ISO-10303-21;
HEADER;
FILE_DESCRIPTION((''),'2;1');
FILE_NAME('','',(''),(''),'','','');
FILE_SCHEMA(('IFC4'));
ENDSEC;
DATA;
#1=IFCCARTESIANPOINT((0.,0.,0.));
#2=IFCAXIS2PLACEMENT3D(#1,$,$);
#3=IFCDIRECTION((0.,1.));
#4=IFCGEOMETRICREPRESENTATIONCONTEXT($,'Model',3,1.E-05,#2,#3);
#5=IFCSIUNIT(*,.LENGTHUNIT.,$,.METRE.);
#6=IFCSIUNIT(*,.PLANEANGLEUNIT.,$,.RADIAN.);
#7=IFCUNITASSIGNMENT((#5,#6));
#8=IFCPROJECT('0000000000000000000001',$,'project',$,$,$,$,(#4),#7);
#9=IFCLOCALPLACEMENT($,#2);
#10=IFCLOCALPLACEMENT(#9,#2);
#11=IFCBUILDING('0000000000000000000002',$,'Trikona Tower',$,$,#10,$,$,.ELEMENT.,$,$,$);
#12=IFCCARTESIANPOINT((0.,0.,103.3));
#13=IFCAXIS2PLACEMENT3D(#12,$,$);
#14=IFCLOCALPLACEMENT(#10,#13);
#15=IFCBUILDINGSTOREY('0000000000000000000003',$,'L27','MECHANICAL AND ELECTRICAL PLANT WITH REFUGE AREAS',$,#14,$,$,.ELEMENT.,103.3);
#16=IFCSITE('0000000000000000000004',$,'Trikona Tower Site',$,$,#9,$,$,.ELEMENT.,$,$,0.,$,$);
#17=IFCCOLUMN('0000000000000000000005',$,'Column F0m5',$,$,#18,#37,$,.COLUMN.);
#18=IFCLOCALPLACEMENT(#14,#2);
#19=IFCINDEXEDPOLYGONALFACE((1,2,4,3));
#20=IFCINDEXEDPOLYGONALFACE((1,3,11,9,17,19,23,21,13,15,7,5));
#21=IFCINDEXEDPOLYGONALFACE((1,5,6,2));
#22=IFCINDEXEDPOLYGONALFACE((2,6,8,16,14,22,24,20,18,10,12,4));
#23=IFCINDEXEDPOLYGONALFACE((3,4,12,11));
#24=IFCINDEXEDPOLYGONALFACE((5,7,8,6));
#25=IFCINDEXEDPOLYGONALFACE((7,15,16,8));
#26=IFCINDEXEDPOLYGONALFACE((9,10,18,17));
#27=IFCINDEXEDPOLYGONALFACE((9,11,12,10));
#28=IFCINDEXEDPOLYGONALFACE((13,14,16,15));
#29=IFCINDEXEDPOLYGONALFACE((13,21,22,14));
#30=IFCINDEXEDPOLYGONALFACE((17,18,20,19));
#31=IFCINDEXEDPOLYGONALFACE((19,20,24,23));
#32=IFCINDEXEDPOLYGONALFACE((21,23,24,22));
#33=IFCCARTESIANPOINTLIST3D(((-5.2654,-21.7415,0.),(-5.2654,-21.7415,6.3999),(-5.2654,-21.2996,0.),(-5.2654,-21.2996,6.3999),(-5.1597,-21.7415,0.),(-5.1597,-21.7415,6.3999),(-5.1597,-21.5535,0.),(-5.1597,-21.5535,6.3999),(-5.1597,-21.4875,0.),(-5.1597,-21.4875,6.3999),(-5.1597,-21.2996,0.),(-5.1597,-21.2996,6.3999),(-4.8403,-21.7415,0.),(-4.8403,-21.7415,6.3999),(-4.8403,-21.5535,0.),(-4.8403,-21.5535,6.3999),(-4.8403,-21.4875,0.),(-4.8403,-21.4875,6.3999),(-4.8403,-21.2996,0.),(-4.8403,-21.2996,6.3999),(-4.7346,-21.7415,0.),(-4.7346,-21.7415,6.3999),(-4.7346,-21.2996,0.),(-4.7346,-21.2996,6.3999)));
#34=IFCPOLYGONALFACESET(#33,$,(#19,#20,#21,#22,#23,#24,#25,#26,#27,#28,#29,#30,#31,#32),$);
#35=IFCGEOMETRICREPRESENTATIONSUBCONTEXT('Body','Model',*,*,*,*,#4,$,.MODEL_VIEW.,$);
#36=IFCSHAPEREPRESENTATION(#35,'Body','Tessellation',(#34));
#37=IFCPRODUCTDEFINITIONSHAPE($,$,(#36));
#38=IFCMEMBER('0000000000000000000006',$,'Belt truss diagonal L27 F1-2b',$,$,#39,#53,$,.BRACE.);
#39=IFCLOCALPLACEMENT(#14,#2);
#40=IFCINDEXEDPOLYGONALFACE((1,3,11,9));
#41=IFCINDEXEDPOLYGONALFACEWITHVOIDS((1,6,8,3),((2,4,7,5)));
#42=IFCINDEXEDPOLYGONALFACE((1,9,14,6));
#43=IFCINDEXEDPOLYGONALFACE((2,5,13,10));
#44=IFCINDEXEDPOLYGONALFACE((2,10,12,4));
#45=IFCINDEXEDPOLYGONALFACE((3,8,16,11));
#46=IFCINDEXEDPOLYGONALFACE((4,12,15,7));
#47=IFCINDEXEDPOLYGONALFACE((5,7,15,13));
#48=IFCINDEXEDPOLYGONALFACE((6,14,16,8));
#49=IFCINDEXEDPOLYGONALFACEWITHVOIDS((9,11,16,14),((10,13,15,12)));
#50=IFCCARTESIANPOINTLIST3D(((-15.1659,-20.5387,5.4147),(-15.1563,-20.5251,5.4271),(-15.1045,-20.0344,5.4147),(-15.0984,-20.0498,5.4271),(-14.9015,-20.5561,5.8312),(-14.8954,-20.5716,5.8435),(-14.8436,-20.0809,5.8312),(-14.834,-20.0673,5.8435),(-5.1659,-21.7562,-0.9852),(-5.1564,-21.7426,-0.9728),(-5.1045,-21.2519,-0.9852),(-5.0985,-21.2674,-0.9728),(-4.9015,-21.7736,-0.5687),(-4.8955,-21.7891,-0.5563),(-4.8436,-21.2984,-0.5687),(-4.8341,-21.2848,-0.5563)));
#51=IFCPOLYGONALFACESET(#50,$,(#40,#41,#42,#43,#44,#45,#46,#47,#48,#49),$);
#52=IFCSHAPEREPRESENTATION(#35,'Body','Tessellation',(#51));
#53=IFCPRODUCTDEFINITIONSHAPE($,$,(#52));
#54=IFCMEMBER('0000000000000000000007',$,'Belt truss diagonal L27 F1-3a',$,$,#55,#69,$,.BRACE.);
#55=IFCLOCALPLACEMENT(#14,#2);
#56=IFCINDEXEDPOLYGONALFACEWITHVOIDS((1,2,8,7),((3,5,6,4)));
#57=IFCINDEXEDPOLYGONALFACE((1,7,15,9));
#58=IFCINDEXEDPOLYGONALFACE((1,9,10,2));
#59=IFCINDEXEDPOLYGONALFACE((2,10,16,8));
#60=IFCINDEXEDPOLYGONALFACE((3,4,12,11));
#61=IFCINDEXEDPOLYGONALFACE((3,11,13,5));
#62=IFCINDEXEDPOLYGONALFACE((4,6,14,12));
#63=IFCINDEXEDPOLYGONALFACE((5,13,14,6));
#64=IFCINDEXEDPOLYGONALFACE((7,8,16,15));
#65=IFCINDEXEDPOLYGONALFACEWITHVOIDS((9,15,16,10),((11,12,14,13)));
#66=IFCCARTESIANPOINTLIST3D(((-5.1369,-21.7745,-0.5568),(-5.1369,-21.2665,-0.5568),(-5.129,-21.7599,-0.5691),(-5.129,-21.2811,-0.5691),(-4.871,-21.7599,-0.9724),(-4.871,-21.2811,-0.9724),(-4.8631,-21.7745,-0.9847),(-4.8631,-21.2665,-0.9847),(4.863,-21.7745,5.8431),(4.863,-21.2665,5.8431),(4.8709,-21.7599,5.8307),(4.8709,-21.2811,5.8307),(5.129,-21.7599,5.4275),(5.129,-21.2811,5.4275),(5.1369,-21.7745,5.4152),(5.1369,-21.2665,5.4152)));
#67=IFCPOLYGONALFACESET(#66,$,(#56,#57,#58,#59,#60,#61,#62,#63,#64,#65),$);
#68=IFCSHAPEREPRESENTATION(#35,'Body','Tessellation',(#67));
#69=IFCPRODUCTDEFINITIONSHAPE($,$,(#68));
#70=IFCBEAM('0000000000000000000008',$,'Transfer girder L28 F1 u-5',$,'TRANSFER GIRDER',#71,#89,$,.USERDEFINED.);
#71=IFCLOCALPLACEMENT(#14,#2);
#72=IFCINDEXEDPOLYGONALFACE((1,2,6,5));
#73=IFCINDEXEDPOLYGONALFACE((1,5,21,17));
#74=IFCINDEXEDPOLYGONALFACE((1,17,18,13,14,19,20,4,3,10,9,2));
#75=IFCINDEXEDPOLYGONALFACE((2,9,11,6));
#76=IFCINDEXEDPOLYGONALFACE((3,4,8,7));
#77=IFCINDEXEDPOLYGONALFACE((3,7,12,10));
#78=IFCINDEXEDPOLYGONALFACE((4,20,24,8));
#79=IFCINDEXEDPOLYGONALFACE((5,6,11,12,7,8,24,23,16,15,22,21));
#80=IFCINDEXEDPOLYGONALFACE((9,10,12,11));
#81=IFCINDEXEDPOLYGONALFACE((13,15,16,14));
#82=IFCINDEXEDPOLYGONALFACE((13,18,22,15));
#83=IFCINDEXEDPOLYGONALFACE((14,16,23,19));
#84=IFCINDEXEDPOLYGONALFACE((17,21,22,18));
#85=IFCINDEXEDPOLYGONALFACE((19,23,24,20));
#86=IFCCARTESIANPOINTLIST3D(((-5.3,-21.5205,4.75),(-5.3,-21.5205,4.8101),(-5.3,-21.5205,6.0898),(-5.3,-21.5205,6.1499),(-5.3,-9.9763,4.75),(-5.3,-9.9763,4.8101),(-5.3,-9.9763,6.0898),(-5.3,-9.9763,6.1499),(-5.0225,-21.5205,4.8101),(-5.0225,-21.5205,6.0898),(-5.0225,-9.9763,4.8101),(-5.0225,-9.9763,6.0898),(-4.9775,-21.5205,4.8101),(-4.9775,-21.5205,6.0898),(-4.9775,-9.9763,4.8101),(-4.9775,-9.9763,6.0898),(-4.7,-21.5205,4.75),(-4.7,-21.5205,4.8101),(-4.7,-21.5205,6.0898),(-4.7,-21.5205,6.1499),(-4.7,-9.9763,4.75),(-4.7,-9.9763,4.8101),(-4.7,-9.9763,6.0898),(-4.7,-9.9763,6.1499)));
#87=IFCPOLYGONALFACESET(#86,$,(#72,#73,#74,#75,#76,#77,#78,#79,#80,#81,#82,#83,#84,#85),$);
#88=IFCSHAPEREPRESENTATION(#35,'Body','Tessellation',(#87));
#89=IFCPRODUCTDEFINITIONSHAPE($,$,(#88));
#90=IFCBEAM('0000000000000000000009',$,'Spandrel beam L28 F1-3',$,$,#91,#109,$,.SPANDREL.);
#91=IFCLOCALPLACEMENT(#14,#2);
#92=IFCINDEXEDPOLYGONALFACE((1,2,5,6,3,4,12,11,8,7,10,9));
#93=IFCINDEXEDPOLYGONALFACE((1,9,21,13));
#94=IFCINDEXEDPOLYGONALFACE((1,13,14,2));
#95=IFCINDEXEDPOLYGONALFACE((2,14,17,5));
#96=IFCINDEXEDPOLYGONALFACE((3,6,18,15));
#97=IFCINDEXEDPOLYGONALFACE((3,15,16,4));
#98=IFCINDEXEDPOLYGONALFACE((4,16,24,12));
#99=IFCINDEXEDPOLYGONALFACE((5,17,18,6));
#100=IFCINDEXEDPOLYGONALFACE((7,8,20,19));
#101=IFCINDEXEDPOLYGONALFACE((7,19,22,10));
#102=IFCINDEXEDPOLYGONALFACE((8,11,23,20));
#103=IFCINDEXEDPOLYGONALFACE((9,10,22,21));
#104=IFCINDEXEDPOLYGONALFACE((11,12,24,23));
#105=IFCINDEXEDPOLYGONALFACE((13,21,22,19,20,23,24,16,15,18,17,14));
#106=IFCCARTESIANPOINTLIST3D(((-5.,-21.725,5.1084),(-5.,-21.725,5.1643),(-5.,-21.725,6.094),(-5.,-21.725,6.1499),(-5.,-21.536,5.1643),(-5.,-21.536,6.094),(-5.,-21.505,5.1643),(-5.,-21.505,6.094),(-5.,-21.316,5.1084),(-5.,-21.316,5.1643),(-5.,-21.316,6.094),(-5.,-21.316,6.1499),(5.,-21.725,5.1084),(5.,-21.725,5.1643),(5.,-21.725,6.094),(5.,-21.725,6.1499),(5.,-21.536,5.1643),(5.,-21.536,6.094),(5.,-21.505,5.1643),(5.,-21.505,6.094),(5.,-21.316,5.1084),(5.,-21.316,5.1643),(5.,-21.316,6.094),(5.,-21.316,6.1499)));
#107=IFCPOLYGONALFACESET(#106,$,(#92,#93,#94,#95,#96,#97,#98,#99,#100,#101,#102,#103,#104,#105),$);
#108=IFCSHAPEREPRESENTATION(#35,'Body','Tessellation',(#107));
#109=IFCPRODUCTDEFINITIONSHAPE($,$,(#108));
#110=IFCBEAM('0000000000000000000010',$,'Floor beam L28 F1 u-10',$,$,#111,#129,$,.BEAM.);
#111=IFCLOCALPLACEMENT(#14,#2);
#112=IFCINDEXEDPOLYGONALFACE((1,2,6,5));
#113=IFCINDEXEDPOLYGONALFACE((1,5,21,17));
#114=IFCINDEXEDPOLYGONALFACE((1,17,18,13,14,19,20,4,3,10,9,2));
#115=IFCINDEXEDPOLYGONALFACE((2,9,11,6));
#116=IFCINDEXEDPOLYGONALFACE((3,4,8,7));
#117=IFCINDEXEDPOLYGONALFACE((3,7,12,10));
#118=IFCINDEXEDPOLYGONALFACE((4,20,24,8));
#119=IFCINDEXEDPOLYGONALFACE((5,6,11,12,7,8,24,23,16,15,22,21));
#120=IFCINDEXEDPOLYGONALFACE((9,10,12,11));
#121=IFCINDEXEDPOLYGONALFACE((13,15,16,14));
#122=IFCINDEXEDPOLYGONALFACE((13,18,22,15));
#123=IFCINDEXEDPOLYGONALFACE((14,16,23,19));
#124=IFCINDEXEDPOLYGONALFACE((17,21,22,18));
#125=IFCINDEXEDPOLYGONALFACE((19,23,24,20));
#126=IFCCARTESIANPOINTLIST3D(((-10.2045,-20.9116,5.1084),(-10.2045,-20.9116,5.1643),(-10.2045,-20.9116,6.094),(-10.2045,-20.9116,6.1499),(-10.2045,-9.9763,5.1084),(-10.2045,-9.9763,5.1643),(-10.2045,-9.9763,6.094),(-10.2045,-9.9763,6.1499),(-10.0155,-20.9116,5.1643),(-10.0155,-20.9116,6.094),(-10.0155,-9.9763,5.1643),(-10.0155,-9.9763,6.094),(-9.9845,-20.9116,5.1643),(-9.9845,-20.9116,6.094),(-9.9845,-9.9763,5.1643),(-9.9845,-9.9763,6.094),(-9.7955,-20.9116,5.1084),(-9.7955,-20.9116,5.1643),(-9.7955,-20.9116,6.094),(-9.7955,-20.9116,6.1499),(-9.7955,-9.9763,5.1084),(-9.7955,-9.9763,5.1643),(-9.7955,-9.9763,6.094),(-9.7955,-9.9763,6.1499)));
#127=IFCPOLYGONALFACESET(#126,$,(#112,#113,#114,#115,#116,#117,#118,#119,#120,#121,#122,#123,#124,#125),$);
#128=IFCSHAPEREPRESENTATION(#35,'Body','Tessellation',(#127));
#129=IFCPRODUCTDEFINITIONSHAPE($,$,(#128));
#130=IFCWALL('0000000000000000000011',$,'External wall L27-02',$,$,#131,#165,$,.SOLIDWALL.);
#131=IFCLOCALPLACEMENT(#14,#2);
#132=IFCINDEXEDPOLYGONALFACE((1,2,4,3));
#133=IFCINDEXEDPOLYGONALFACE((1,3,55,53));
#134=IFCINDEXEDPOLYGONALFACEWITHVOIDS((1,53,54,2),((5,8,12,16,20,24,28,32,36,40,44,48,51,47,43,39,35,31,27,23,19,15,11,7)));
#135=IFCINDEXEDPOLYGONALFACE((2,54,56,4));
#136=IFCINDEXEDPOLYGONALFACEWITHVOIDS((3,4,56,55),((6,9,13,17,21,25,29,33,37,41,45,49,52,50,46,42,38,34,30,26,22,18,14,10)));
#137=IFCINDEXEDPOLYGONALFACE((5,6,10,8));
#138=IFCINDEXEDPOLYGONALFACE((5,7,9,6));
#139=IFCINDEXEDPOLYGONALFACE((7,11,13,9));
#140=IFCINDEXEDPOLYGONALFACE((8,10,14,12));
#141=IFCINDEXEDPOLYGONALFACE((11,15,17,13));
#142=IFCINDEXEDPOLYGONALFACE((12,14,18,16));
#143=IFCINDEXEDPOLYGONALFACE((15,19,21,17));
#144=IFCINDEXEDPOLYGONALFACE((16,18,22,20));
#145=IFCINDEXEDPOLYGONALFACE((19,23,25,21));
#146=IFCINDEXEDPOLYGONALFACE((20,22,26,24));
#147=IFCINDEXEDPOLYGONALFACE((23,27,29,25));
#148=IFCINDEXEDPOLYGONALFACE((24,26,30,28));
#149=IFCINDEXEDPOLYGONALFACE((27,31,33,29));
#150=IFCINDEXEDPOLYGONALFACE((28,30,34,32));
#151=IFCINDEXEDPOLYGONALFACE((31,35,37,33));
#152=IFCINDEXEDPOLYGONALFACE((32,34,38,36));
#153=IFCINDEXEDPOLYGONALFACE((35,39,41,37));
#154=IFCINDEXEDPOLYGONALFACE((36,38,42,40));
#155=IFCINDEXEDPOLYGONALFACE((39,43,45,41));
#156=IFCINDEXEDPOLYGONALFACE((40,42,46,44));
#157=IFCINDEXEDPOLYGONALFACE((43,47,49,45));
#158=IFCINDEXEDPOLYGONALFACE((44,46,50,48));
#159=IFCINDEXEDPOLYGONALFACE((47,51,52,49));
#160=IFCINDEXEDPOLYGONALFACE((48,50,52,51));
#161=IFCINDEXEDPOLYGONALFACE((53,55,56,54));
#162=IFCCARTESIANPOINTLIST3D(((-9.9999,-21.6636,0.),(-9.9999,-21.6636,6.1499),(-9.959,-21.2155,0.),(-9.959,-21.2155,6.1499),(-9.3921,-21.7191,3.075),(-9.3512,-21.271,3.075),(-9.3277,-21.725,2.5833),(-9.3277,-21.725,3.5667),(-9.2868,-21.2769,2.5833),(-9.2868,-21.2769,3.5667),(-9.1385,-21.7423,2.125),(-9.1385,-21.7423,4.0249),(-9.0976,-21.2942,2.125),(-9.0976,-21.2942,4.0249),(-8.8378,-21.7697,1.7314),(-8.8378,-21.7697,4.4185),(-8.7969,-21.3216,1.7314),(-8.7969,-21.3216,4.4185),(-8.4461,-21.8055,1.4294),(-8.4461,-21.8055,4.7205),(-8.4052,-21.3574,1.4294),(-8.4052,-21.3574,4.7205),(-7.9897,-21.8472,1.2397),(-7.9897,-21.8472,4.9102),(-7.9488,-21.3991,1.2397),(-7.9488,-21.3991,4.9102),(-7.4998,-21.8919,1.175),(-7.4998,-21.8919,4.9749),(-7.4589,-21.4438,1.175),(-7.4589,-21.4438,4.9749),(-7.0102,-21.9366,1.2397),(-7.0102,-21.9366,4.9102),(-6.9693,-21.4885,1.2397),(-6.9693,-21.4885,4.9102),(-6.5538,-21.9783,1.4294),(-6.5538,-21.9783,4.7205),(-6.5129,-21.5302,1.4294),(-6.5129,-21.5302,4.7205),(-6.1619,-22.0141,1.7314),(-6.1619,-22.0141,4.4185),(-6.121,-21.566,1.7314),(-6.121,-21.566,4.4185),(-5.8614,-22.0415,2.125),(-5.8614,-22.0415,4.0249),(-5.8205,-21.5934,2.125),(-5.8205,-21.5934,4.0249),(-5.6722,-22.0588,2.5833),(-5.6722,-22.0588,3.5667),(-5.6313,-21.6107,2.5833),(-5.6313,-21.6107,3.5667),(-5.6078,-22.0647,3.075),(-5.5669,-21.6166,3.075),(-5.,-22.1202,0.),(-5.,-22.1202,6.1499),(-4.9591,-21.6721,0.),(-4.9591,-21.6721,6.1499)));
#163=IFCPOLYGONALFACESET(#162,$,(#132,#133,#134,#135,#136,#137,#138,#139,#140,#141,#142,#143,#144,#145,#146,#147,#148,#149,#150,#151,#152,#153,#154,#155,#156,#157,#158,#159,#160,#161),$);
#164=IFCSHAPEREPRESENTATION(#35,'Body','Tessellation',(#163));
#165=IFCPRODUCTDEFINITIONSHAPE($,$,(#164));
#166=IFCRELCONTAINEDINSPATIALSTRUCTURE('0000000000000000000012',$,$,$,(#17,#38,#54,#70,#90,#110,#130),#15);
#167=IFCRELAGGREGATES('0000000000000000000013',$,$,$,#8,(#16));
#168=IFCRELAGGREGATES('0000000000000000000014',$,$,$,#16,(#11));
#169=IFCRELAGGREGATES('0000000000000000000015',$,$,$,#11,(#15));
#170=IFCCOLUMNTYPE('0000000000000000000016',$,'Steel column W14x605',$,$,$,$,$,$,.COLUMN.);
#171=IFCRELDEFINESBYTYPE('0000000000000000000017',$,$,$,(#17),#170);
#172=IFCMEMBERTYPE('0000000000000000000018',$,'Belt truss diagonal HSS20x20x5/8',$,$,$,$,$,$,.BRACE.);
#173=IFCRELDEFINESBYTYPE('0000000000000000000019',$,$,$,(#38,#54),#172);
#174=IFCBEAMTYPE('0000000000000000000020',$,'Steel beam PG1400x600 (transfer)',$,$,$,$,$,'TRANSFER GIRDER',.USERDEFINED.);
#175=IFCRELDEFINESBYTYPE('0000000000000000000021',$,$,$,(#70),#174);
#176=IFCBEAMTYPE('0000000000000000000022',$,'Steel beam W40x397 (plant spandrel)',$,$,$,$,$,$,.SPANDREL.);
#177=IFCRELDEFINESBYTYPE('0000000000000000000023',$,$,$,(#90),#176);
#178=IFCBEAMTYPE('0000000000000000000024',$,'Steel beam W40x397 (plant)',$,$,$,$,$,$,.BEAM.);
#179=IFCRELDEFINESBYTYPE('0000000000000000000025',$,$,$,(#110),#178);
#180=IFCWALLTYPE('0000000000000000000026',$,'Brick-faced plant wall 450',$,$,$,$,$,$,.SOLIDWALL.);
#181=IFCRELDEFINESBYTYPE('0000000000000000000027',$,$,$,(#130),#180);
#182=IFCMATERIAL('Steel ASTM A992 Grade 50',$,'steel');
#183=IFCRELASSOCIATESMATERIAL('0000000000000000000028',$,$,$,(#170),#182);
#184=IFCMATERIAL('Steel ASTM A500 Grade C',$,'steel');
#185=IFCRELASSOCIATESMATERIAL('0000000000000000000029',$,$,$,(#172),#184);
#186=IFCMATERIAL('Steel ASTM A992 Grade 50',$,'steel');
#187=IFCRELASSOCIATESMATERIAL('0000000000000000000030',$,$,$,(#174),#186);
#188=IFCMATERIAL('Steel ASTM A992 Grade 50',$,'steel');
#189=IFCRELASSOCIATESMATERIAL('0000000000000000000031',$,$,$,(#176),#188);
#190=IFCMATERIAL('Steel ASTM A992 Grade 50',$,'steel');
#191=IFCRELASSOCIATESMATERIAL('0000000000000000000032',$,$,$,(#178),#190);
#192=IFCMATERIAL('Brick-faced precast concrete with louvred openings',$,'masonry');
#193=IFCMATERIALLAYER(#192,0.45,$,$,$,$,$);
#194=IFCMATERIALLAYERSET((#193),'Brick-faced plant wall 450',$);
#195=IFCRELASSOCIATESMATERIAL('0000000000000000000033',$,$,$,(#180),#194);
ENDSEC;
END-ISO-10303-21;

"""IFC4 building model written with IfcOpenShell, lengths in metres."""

from ifc_helpers import new_model, si_unit, direction, frame, origin, origin_2d, place, context, subcontext, project, spatial, polyline, hollow_rectangle, i_section, outline, extrude, material, layer, layer_set, material_profile, profile_set, type_object, element, save


model = new_model("IFC4")

# Units and contexts
model_context = context("Model", 3, precision=1e-05, world=origin(), true_north=direction((0.0, 1.0)))
body_context = subcontext(model_context, "Body", "Model", "MODEL_VIEW")
ifc_project = project(units=[si_unit("LENGTHUNIT", "METRE"), si_unit("PLANEANGLEUNIT", "RADIAN")], contexts=[model_context])

# Site, building, storey
site_placement = place(None, origin())
site = spatial("IfcSite", under=ifc_project, at=site_placement, Name="Trikona Tower Site", CompositionType="ELEMENT", RefElevation=0.0)
building_placement = place(site_placement, origin())
building = spatial("IfcBuilding", under=site, at=building_placement, Name="Trikona Tower", CompositionType="ELEMENT")
storey_placement = place(building_placement, frame((0.0, 0.0, 103.3)))
storey = spatial("IfcBuildingStorey", under=building, at=storey_placement, Name="L27", Description="MECHANICAL AND ELECTRICAL PLANT WITH REFUGE AREAS", CompositionType="ELEMENT", Elevation=103.3)

# Column
ifc_material_1 = material(Name="Steel ASTM A992 Grade 50", Category="steel")
ifc_material_profile_1 = material_profile(ifc_material_1, i_section(OverallWidth=0.4419, OverallDepth=0.5308, WebThickness=0.0659, FlangeThickness=0.1057, at=origin_2d()), Name="W14X605")
ifc_profile_set_1 = profile_set([ifc_material_profile_1], Name="Steel ASTM A992 Grade 50")
column_type = type_object("IfcColumnType", Name="Steel column W14x605", PredefinedType="COLUMN", material=ifc_profile_set_1)
column_placement = place(storey_placement, frame((-5.0, -21.5205, 0.0), z_axis=(0.0, 0.0, 1.0), x_axis=(0.0, -1.0, 0.0)))
element("IfcColumn", 1, at=column_placement, inside=storey, type_object=column_type, Name="Column F0m5", PredefinedType="COLUMN", context=body_context, shape_type="SweptSolid", body=[
    extrude(i_section(OverallWidth=0.4419, OverallDepth=0.5308, WebThickness=0.0659, FlangeThickness=0.1057, at=origin_2d()), origin(), (0.0, 0.0, 1.0), 6.3999),
])

# Members
ifc_material_2 = material(Name="Steel ASTM A500 Grade C", Category="steel")
ifc_material_profile_2 = material_profile(ifc_material_2, hollow_rectangle(XDim=0.5081, YDim=0.5081, WallThickness=0.0146, at=origin_2d()), Name="HSS20X20X5/8")
ifc_profile_set_2 = profile_set([ifc_material_profile_2], Name="Steel ASTM A500 Grade C")
member_type = type_object("IfcMemberType", Name="Belt truss diagonal HSS20x20x5/8", PredefinedType="BRACE", material=ifc_profile_set_2)
member_1_placement = place(storey_placement, frame((-5.0, -21.5205, -0.7708), z_axis=(-0.837881, 0.102014, 0.536236), x_axis=(-0.12086, -0.99267, 0.0)))
element("IfcMember", 2, at=member_1_placement, inside=storey, type_object=member_type, Name="Belt truss diagonal L27 F1-2b", PredefinedType="BRACE", context=body_context, shape_type="SweptSolid", body=[
    extrude(hollow_rectangle(XDim=0.5081, YDim=0.5081, WallThickness=0.0146, at=origin_2d()), origin(), (0.0, 0.0, 1.0), 11.9348),
])
member_2_placement = place(storey_placement, frame((-5.0, -21.5205, -0.7708), z_axis=(0.842275, 0.0, 0.539048), x_axis=(0.0, 1.0, 0.0)))
element("IfcMember", 3, at=member_2_placement, inside=storey, type_object=member_type, Name="Belt truss diagonal L27 F1-3a", PredefinedType="BRACE", context=body_context, shape_type="SweptSolid", body=[
    extrude(hollow_rectangle(XDim=0.5081, YDim=0.5081, WallThickness=0.0146, at=origin_2d()), origin(), (0.0, 0.0, 1.0), 11.8726),
])

# Beams
ifc_material_3 = material(Name="Steel ASTM A992 Grade 50", Category="steel")
ifc_material_profile_3 = material_profile(ifc_material_3, i_section(OverallWidth=0.6001, OverallDepth=1.3999, WebThickness=0.0449, FlangeThickness=0.0601, at=origin_2d()), Name="PG1400X600")
ifc_profile_set_3 = profile_set([ifc_material_profile_3], Name="Steel ASTM A992 Grade 50")
beam_type_1 = type_object("IfcBeamType", Name="Steel beam PG1400x600 (transfer)", ElementType="TRANSFER GIRDER", PredefinedType="USERDEFINED", material=ifc_profile_set_3)
beam_1_placement = place(storey_placement, frame((-5.0, -9.9763, 5.45), z_axis=(0.0, -1.0, 0.0), x_axis=(1.0, 0.0, 0.0)))
element("IfcBeam", 4, at=beam_1_placement, inside=storey, type_object=beam_type_1, Name="Transfer girder L28 F1 u-5", ObjectType="TRANSFER GIRDER", PredefinedType="USERDEFINED", context=body_context, shape_type="SweptSolid", body=[
    extrude(i_section(OverallWidth=0.6001, OverallDepth=1.3999, WebThickness=0.0449, FlangeThickness=0.0601, at=origin_2d()), origin(), (0.0, 0.0, 1.0), 11.5442),
])
ifc_material_4 = material(Name="Steel ASTM A992 Grade 50", Category="steel")
ifc_material_profile_4 = material_profile(ifc_material_4, i_section(OverallWidth=0.4089, OverallDepth=1.0415, WebThickness=0.031, FlangeThickness=0.0559, at=origin_2d()), Name="W40X397")
ifc_profile_set_4 = profile_set([ifc_material_profile_4], Name="Steel ASTM A992 Grade 50")
beam_type_2 = type_object("IfcBeamType", Name="Steel beam W40x397 (plant spandrel)", PredefinedType="SPANDREL", material=ifc_profile_set_4)
beam_2_placement = place(storey_placement, frame((-5.0, -21.5205, 5.6292), z_axis=(1.0, 0.0, 0.0), x_axis=(0.0, 1.0, 0.0)))
element("IfcBeam", 5, at=beam_2_placement, inside=storey, type_object=beam_type_2, Name="Spandrel beam L28 F1-3", PredefinedType="SPANDREL", context=body_context, shape_type="SweptSolid", body=[
    extrude(i_section(OverallWidth=0.4089, OverallDepth=1.0415, WebThickness=0.031, FlangeThickness=0.0559, at=origin_2d()), origin(), (0.0, 0.0, 1.0), 10.0),
])
ifc_material_5 = material(Name="Steel ASTM A992 Grade 50", Category="steel")
ifc_material_profile_5 = material_profile(ifc_material_5, i_section(OverallWidth=0.4089, OverallDepth=1.0415, WebThickness=0.031, FlangeThickness=0.0559, at=origin_2d()), Name="W40X397")
ifc_profile_set_5 = profile_set([ifc_material_profile_5], Name="Steel ASTM A992 Grade 50")
beam_type_3 = type_object("IfcBeamType", Name="Steel beam W40x397 (plant)", PredefinedType="BEAM", material=ifc_profile_set_5)
beam_3_placement = place(storey_placement, frame((-10.0, -9.9763, 5.6292), z_axis=(0.0, -1.0, 0.0), x_axis=(1.0, 0.0, 0.0)))
element("IfcBeam", 6, at=beam_3_placement, inside=storey, type_object=beam_type_3, Name="Floor beam L28 F1 u-10", PredefinedType="BEAM", context=body_context, shape_type="SweptSolid", body=[
    extrude(i_section(OverallWidth=0.4089, OverallDepth=1.0415, WebThickness=0.031, FlangeThickness=0.0559, at=origin_2d()), origin(), (0.0, 0.0, 1.0), 10.9353),
])

# Wall
ifc_material_6 = material(Name="Brick-faced precast concrete with louvred openings", Category="masonry")
ifc_layer_1 = layer(ifc_material_6, 0.45)
ifc_layer_set_1 = layer_set([ifc_layer_1], Name="Brick-faced plant wall 450")
wall_type_1 = type_object("IfcWallType", Name="Brick-faced plant wall 450", PredefinedType="SOLIDWALL", material=ifc_layer_set_1)
wall_1_placement = place(storey_placement, frame((-9.9795, -21.4397, 0.0), z_axis=(0.0, 0.0, 1.0), x_axis=(0.995857, -0.09093, 0.0)))
element("IfcWall", 7, at=wall_1_placement, inside=storey, type_object=wall_type_1, Name="External wall L27-02", PredefinedType="SOLIDWALL", context=body_context, shape_type="SweptSolid", body=[
    extrude(outline(polyline([(0.0, 0.0), (5.0208, 0.0), (5.0208, 6.1499), (0.0, 6.1499), (0.0, 0.0)]), holes=[polyline([(4.4104, 3.075), (4.3457, 3.5667), (4.1558, 4.0249), (3.854, 4.4185), (3.4604, 4.7205), (3.0022, 4.9102), (2.5105, 4.9749), (2.0186, 4.9102), (1.5603, 4.7205), (1.167, 4.4185), (0.865, 4.0249), (0.675, 3.5667), (0.6104, 3.075), (0.675, 2.5833), (0.865, 2.125), (1.167, 1.7314), (1.5603, 1.4294), (2.0186, 1.2397), (2.5105, 1.175), (3.0022, 1.2397), (3.4604, 1.4294), (3.854, 1.7314), (4.1558, 2.125), (4.3457, 2.5833), (4.4104, 3.075)])]), frame((0.0, 0.2251, 0.0), z_axis=(0.0, -1.0, 0.0), x_axis=(1.0, 0.0, 0.0)), (0.0, 0.0, 1.0), 0.45),
])

save(model, "model.ifc")
